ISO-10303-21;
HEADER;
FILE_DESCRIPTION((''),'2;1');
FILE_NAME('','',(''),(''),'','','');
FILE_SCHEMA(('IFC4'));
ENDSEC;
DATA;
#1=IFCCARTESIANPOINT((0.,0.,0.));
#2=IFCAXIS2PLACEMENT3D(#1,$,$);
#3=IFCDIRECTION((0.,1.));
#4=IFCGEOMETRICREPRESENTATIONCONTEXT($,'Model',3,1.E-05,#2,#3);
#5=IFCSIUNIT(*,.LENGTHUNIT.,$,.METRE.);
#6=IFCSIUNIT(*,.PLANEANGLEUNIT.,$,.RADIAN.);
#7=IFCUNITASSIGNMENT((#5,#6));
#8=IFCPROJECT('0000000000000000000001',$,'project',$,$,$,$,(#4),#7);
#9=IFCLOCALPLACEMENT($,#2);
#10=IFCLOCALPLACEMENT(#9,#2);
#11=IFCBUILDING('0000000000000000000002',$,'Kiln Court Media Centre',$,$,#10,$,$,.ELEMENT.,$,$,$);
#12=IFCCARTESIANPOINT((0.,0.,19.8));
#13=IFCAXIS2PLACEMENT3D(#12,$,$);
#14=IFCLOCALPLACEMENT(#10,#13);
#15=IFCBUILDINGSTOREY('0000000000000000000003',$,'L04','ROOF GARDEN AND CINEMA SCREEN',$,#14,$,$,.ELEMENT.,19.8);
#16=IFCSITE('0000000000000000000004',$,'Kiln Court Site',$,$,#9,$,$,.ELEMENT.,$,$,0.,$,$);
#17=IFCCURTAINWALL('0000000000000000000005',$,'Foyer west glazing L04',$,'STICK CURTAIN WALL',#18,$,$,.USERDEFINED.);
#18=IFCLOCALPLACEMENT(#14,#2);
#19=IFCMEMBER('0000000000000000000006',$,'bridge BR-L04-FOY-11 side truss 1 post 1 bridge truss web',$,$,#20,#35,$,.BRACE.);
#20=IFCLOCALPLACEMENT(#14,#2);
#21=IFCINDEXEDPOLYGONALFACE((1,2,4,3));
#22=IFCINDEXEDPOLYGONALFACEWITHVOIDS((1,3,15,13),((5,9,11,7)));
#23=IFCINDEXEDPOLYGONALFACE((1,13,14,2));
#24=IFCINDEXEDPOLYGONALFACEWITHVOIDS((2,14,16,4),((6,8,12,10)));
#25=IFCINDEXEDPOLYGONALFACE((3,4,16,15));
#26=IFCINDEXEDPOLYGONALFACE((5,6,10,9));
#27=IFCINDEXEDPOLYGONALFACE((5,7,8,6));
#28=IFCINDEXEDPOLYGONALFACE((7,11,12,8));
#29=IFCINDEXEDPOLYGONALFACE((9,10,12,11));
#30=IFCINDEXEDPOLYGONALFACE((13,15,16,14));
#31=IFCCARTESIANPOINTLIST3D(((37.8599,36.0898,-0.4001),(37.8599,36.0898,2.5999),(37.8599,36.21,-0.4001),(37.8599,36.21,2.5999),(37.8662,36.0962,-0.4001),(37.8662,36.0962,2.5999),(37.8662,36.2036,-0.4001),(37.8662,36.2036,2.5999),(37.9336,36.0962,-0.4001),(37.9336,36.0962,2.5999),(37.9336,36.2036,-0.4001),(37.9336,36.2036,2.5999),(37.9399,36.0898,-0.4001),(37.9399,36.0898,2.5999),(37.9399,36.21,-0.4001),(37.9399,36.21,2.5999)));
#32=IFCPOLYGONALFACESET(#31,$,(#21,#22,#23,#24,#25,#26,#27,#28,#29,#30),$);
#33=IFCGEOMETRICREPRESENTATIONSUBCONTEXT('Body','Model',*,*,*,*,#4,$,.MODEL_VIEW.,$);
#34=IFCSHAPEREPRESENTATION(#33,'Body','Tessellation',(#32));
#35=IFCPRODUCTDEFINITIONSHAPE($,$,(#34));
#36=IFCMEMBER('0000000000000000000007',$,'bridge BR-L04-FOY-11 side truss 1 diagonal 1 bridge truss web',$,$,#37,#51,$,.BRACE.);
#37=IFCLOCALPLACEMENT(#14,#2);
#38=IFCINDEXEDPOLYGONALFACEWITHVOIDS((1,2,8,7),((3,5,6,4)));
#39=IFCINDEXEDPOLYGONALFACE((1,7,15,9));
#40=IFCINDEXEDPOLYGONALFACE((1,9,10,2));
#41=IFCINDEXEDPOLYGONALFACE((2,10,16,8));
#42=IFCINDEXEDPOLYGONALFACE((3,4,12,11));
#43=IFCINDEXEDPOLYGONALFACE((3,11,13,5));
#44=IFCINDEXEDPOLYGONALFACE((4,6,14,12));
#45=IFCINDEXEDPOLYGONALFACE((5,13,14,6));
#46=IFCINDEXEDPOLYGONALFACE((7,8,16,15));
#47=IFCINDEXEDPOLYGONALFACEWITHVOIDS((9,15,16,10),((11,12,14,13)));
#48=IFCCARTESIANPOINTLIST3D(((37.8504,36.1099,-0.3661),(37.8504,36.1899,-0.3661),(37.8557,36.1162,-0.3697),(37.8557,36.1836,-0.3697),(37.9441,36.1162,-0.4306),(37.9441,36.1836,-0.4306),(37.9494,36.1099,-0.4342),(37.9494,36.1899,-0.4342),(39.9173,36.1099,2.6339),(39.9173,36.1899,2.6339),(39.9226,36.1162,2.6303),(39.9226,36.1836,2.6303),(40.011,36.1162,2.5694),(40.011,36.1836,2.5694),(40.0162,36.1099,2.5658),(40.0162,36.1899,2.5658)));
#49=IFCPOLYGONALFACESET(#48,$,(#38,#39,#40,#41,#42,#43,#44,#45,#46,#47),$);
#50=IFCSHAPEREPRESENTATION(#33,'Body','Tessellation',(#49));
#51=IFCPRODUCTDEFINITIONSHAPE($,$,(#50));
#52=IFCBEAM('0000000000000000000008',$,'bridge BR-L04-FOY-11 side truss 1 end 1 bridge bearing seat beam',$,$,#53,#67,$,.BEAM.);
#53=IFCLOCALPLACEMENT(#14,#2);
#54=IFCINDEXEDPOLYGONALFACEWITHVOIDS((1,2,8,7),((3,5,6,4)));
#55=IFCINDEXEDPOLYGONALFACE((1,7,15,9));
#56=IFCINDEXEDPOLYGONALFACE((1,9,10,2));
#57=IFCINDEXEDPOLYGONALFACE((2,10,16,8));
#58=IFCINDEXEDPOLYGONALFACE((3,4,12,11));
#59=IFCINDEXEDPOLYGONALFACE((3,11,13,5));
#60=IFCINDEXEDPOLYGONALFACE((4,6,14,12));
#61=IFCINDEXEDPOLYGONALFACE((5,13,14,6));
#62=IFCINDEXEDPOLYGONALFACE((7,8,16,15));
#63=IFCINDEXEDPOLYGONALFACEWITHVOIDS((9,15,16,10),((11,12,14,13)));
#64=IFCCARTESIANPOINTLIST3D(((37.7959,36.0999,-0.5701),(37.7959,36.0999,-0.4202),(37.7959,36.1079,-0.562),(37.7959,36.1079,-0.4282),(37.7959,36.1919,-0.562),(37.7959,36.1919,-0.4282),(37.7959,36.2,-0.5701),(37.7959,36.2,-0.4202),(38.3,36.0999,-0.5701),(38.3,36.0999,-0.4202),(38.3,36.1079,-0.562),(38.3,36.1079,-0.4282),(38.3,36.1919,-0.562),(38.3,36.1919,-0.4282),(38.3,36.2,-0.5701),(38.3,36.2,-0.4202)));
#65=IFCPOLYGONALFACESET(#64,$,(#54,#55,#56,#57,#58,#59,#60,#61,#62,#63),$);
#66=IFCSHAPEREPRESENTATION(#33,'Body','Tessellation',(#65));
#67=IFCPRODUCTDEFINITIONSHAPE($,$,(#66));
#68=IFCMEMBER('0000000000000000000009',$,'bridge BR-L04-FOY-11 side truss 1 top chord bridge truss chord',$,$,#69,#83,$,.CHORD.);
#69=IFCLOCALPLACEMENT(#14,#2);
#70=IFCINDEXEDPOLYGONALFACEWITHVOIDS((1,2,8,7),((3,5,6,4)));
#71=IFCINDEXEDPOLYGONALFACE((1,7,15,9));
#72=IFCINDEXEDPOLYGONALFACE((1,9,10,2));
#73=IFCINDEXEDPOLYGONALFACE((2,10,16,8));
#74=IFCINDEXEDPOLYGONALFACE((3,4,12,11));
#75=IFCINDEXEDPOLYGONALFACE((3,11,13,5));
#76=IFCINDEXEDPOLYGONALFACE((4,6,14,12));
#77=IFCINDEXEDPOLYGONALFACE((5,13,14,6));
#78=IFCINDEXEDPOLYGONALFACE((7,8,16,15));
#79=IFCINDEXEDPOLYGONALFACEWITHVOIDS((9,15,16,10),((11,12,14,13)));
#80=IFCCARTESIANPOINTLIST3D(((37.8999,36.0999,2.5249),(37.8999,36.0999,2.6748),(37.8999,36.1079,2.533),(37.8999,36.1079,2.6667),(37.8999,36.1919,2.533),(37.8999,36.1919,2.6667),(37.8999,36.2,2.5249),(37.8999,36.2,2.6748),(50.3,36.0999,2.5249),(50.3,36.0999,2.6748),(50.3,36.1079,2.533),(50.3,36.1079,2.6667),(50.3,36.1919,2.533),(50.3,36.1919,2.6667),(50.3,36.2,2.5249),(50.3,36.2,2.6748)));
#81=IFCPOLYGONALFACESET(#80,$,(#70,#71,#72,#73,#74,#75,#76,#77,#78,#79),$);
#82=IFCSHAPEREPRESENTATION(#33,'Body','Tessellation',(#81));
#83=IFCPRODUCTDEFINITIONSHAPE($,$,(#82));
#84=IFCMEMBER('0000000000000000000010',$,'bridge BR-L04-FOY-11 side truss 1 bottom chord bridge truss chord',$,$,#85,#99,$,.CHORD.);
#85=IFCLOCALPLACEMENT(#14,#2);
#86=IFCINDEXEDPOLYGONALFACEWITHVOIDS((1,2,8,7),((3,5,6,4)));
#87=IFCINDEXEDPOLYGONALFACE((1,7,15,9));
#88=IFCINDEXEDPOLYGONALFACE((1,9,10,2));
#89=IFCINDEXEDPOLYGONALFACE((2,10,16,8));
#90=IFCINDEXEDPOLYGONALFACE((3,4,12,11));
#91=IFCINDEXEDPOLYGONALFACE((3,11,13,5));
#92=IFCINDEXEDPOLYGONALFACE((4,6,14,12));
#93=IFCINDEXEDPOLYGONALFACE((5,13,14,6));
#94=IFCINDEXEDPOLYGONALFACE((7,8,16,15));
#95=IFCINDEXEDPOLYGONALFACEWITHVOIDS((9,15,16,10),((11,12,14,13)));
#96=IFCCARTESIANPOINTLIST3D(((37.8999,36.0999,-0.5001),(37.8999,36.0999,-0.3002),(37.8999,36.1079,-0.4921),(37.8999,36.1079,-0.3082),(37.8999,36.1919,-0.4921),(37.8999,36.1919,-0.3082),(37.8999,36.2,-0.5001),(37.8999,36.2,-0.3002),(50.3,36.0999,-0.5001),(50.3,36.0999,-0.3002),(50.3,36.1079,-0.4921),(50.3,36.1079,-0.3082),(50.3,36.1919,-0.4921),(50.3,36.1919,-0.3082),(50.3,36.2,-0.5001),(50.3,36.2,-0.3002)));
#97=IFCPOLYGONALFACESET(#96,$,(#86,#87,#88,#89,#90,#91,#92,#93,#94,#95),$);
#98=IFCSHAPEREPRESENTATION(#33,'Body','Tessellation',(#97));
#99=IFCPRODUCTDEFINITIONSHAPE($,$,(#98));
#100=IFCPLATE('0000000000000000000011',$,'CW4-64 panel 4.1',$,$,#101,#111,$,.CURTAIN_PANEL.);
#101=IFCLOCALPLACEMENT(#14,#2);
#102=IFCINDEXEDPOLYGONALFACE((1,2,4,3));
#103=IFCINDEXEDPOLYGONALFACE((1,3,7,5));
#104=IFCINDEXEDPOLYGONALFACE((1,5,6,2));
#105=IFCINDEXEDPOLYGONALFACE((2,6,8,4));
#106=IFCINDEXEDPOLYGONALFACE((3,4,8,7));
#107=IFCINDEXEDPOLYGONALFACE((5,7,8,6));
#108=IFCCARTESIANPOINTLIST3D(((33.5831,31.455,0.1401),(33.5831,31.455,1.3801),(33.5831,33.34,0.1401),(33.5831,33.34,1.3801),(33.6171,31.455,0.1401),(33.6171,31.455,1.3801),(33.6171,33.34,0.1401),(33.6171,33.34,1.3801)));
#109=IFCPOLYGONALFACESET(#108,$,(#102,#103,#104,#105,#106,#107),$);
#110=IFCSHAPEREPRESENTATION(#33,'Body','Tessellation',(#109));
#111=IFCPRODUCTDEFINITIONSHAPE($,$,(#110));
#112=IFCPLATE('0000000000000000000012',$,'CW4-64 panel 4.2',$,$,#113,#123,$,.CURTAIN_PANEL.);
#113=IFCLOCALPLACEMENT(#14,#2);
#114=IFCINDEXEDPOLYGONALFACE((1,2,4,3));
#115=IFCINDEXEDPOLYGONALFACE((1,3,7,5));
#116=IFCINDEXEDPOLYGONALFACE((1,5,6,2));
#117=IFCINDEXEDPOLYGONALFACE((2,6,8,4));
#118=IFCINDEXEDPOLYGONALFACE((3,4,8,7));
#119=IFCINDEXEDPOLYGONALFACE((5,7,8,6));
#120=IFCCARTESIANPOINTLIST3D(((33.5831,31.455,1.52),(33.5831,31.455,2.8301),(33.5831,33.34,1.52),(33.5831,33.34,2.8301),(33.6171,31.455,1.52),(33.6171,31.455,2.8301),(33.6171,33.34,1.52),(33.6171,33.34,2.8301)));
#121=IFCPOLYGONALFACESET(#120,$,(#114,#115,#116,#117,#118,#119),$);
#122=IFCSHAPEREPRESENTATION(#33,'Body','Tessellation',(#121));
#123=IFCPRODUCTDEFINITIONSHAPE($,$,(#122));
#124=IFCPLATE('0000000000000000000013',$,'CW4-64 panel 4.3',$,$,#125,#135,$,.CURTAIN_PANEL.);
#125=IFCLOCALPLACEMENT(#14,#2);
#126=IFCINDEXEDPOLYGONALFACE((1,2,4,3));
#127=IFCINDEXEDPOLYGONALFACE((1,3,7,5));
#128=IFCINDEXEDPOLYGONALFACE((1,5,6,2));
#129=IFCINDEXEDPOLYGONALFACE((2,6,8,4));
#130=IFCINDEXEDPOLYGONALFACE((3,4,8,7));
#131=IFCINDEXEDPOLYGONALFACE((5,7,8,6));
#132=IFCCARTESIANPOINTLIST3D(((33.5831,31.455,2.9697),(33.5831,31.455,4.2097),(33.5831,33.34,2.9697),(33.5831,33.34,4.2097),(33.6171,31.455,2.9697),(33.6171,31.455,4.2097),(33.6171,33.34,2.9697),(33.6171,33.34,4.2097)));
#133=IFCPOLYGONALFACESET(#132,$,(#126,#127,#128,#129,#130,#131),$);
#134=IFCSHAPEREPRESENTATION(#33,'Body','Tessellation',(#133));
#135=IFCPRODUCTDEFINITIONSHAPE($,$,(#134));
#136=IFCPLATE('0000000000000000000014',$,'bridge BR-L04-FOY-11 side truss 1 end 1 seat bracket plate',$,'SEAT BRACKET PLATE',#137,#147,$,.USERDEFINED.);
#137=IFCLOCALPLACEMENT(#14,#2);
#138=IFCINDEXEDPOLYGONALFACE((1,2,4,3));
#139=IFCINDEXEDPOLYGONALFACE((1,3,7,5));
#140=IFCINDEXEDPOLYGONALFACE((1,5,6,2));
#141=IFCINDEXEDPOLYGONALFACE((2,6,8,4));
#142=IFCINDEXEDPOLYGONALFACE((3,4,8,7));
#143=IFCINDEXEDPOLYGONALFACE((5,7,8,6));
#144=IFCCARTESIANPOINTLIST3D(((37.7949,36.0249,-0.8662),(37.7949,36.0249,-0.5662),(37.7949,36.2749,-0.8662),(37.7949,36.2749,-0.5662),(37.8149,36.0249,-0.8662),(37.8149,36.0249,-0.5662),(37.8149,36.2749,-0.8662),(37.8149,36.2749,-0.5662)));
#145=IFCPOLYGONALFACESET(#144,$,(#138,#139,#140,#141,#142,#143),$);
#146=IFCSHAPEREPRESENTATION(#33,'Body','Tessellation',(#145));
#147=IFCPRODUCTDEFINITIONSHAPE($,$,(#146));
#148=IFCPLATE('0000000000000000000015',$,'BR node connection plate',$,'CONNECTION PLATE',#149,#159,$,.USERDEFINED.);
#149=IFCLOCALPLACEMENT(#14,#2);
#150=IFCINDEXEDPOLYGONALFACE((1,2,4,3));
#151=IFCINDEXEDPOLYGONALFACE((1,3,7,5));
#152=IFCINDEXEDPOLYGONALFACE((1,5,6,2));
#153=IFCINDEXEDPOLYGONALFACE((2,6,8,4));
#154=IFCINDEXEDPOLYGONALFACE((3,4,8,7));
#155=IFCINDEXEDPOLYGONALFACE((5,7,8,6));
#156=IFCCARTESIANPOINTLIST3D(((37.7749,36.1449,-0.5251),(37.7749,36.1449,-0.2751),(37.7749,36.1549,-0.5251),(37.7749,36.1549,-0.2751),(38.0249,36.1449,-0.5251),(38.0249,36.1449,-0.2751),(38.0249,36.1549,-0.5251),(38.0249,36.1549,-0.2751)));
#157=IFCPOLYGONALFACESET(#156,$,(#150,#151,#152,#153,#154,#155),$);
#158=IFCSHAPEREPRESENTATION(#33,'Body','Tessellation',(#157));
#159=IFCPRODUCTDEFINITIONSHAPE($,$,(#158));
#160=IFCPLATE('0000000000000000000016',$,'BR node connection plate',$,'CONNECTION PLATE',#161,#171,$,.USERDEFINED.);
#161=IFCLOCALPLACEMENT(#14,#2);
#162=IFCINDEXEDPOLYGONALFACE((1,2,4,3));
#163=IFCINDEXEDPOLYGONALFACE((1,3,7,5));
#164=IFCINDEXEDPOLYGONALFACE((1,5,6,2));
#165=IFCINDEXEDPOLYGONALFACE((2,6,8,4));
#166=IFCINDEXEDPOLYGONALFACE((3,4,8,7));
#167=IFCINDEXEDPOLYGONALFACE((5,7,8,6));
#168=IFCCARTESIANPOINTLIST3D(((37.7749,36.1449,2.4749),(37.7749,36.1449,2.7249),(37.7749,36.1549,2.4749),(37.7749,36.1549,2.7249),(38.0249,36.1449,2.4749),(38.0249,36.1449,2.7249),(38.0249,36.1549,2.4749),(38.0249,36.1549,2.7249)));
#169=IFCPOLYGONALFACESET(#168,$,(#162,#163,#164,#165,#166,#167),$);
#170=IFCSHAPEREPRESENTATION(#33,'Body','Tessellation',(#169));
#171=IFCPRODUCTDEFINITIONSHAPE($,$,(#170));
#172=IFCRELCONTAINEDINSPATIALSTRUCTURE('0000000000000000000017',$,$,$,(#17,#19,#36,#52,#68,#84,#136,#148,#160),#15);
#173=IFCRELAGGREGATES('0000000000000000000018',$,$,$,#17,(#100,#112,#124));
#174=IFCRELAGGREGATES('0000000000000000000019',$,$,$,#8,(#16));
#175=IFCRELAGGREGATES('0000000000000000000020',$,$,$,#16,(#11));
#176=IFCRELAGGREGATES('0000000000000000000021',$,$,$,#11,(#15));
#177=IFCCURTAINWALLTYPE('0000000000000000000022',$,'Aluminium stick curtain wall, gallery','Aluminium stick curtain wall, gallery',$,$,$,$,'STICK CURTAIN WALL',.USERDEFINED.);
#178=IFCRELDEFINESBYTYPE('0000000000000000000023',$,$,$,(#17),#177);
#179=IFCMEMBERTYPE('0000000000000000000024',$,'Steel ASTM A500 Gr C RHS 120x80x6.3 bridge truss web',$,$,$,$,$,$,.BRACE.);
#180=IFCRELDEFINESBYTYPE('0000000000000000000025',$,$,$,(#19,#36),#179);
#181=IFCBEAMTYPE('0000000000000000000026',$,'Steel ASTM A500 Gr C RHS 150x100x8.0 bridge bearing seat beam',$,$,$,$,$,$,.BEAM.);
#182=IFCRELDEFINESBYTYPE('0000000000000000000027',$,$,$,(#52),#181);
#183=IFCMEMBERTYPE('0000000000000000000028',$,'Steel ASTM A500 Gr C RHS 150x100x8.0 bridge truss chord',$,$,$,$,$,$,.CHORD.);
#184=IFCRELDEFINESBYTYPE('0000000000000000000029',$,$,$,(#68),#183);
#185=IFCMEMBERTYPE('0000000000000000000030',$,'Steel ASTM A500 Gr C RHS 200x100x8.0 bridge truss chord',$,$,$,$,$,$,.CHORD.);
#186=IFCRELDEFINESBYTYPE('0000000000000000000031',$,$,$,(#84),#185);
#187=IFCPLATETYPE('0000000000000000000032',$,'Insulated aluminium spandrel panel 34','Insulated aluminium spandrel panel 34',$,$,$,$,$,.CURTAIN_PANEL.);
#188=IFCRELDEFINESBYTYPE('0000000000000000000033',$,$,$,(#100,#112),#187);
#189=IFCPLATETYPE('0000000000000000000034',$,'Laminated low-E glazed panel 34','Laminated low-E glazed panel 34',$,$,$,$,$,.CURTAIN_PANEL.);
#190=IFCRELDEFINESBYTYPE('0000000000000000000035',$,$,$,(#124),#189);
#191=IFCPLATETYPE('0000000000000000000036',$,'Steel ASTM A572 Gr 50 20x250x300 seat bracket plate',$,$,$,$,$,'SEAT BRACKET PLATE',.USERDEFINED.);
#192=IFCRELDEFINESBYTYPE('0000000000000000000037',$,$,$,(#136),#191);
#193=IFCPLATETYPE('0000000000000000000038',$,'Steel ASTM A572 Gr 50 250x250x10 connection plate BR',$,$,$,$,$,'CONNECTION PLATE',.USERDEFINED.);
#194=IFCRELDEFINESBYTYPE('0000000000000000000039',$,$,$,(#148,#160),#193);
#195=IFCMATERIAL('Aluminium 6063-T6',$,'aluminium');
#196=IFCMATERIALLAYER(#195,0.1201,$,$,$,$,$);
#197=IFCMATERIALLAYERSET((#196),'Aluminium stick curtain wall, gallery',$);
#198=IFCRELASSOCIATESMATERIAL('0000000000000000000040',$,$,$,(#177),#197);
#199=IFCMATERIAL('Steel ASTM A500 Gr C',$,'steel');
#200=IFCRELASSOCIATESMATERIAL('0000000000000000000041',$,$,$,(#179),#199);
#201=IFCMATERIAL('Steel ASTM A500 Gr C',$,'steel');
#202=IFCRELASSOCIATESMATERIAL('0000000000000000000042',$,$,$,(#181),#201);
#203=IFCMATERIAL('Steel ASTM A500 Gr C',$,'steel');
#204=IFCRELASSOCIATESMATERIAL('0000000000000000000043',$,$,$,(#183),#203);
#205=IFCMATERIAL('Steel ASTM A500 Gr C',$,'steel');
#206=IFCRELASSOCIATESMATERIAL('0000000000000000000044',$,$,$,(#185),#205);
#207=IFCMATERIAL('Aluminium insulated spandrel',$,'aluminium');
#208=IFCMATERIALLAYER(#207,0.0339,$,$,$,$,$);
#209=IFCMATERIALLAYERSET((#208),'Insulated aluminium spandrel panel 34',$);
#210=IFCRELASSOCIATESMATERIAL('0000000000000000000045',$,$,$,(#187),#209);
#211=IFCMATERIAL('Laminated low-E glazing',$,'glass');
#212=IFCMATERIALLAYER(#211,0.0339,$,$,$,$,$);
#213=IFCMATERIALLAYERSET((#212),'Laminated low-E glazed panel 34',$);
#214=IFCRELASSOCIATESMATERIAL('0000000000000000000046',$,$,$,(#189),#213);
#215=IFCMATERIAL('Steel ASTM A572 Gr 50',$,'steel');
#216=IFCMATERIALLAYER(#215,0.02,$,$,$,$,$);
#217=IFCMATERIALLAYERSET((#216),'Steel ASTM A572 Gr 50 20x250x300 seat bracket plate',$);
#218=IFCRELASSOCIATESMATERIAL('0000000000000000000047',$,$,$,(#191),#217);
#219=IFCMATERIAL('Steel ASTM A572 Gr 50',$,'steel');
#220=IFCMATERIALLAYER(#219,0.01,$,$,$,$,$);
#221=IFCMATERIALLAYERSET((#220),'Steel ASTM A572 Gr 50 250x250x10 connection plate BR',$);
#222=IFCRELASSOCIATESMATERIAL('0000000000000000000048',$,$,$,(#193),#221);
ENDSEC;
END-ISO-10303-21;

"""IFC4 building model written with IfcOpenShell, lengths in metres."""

from ifc_helpers import new_model, si_unit, direction, frame, origin, origin_2d, place, context, subcontext, project, spatial, rectangle, hollow_rectangle, extrude, material, layer, layer_set, material_profile, profile_set, type_object, element, aggregate, save


model = new_model("IFC4")

# Units and contexts
model_context = context("Model", 3, precision=1e-05, world=origin(), true_north=direction((0.0, 1.0)))
body_context = subcontext(model_context, "Body", "Model", "MODEL_VIEW")
ifc_project = project(units=[si_unit("LENGTHUNIT", "METRE"), si_unit("PLANEANGLEUNIT", "RADIAN")], contexts=[model_context])

# Site, building, storey
site_placement = place(None, origin())
site = spatial("IfcSite", under=ifc_project, at=site_placement, Name="Kiln Court Site", CompositionType="ELEMENT", RefElevation=0.0)
building_placement = place(site_placement, origin())
building = spatial("IfcBuilding", under=site, at=building_placement, Name="Kiln Court Media Centre", CompositionType="ELEMENT")
storey_placement = place(building_placement, frame((0.0, 0.0, 19.8)))
storey = spatial("IfcBuildingStorey", under=building, at=storey_placement, Name="L04", Description="ROOF GARDEN AND CINEMA SCREEN", CompositionType="ELEMENT", Elevation=19.8)

# Curtain wall
ifc_material_1 = material(Name="Aluminium 6063-T6", Category="aluminium")
ifc_layer_1 = layer(ifc_material_1, 0.1201)
ifc_layer_set_1 = layer_set([ifc_layer_1], Name="Aluminium stick curtain wall, gallery")
curtain_wall_type_1 = type_object("IfcCurtainWallType", Name="Aluminium stick curtain wall, gallery", Description="Aluminium stick curtain wall, gallery", ElementType="STICK CURTAIN WALL", PredefinedType="USERDEFINED", material=ifc_layer_set_1)
curtain_wall_1_placement = place(storey_placement, origin())
curtain_wall_1 = element("IfcCurtainWall", 1, at=curtain_wall_1_placement, inside=storey, type_object=curtain_wall_type_1, Name="Foyer west glazing L04", ObjectType="STICK CURTAIN WALL", PredefinedType="USERDEFINED")

# Members
ifc_material_2 = material(Name="Steel ASTM A500 Gr C", Category="steel")
ifc_material_profile_1 = material_profile(ifc_material_2, hollow_rectangle(XDim=0.0801, YDim=0.1201, WallThickness=0.0063, at=origin_2d()), Name="RHS 120x80x6.3")
ifc_profile_set_1 = profile_set([ifc_material_profile_1], Name="Steel ASTM A500 Gr C")
member_type_1 = type_object("IfcMemberType", Name="Steel ASTM A500 Gr C RHS 120x80x6.3 bridge truss web", PredefinedType="BRACE", material=ifc_profile_set_1)
member_1_placement = place(storey_placement, frame((37.8999, 36.1499, -0.4001), z_axis=(0.0, 0.0, 1.0), x_axis=(1.0, 0.0, 0.0)))
element("IfcMember", 2, at=member_1_placement, inside=storey, type_object=member_type_1, Name="bridge BR-L04-FOY-11 side truss 1 post 1 bridge truss web", PredefinedType="BRACE", context=body_context, shape_type="SweptSolid", body=[
    extrude(hollow_rectangle(XDim=0.0801, YDim=0.1201, WallThickness=0.0063, at=origin_2d()), origin(), (0.0, 0.0, 1.0), 3.0),
])
member_2_placement = place(storey_placement, frame((37.8999, 36.1499, -0.4001), z_axis=(0.567348, 0.0, 0.823478), x_axis=(0.0, 1.0, 0.0)))
element("IfcMember", 3, at=member_2_placement, inside=storey, type_object=member_type_1, Name="bridge BR-L04-FOY-11 side truss 1 diagonal 1 bridge truss web", PredefinedType="BRACE", context=body_context, shape_type="SweptSolid", body=[
    extrude(hollow_rectangle(XDim=0.0801, YDim=0.1201, WallThickness=0.0063, at=origin_2d()), origin(), (0.0, 0.0, 1.0), 3.6431),
])

# Beam
ifc_material_3 = material(Name="Steel ASTM A500 Gr C", Category="steel")
ifc_material_profile_2 = material_profile(ifc_material_3, hollow_rectangle(XDim=0.1001, YDim=0.1499, WallThickness=0.0081, at=origin_2d()), Name="RHS 150x100x8.0")
ifc_profile_set_2 = profile_set([ifc_material_profile_2], Name="Steel ASTM A500 Gr C")
beam_type_1 = type_object("IfcBeamType", Name="Steel ASTM A500 Gr C RHS 150x100x8.0 bridge bearing seat beam", PredefinedType="BEAM", material=ifc_profile_set_2)
beam_1_placement = place(storey_placement, frame((37.7959, 36.1499, -0.4951), z_axis=(1.0, 0.0, 0.0), x_axis=(0.0, 1.0, 0.0)))
element("IfcBeam", 4, at=beam_1_placement, inside=storey, type_object=beam_type_1, Name="bridge BR-L04-FOY-11 side truss 1 end 1 bridge bearing seat beam", PredefinedType="BEAM", context=body_context, shape_type="SweptSolid", body=[
    extrude(hollow_rectangle(XDim=0.1001, YDim=0.1499, WallThickness=0.0081, at=origin_2d()), origin(), (0.0, 0.0, 1.0), 0.5042),
])

# Members
ifc_material_4 = material(Name="Steel ASTM A500 Gr C", Category="steel")
ifc_material_profile_3 = material_profile(ifc_material_4, hollow_rectangle(XDim=0.1001, YDim=0.1499, WallThickness=0.0081, at=origin_2d()), Name="RHS 150x100x8.0")
ifc_profile_set_3 = profile_set([ifc_material_profile_3], Name="Steel ASTM A500 Gr C")
member_type_2 = type_object("IfcMemberType", Name="Steel ASTM A500 Gr C RHS 150x100x8.0 bridge truss chord", PredefinedType="CHORD", material=ifc_profile_set_3)
member_3_placement = place(storey_placement, frame((37.8999, 36.1499, 2.5999), z_axis=(1.0, 0.0, 0.0), x_axis=(0.0, 1.0, 0.0)))
element("IfcMember", 5, at=member_3_placement, inside=storey, type_object=member_type_2, Name="bridge BR-L04-FOY-11 side truss 1 top chord bridge truss chord", PredefinedType="CHORD", context=body_context, shape_type="SweptSolid", body=[
    extrude(hollow_rectangle(XDim=0.1001, YDim=0.1499, WallThickness=0.0081, at=origin_2d()), origin(), (0.0, 0.0, 1.0), 12.4001),
])
ifc_material_5 = material(Name="Steel ASTM A500 Gr C", Category="steel")
ifc_material_profile_4 = material_profile(ifc_material_5, hollow_rectangle(XDim=0.1001, YDim=0.2, WallThickness=0.0081, at=origin_2d()), Name="RHS 200x100x8.0")
ifc_profile_set_4 = profile_set([ifc_material_profile_4], Name="Steel ASTM A500 Gr C")
member_type_3 = type_object("IfcMemberType", Name="Steel ASTM A500 Gr C RHS 200x100x8.0 bridge truss chord", PredefinedType="CHORD", material=ifc_profile_set_4)
member_4_placement = place(storey_placement, frame((37.8999, 36.1499, -0.4001), z_axis=(1.0, 0.0, 0.0), x_axis=(0.0, 1.0, 0.0)))
element("IfcMember", 6, at=member_4_placement, inside=storey, type_object=member_type_3, Name="bridge BR-L04-FOY-11 side truss 1 bottom chord bridge truss chord", PredefinedType="CHORD", context=body_context, shape_type="SweptSolid", body=[
    extrude(hollow_rectangle(XDim=0.1001, YDim=0.2, WallThickness=0.0081, at=origin_2d()), origin(), (0.0, 0.0, 1.0), 12.4001),
])

# Plates
ifc_material_6 = material(Name="Aluminium insulated spandrel", Category="aluminium")
ifc_layer_2 = layer(ifc_material_6, 0.0339)
ifc_layer_set_2 = layer_set([ifc_layer_2], Name="Insulated aluminium spandrel panel 34")
plate_type_1 = type_object("IfcPlateType", Name="Insulated aluminium spandrel panel 34", Description="Insulated aluminium spandrel panel 34", PredefinedType="CURTAIN_PANEL", material=ifc_layer_set_2)
plate_1_placement = place(storey_placement, frame((33.6001, 32.3975, 0.1401), z_axis=(0.0, 0.0, 1.0), x_axis=(0.0, 1.0, 0.0)))
plate_1 = element("IfcPlate", 7, at=plate_1_placement, type_object=plate_type_1, Name="CW4-64 panel 4.1", PredefinedType="CURTAIN_PANEL", context=body_context, shape_type="SweptSolid", body=[
    extrude(rectangle(XDim=1.885, YDim=0.0339, at=origin_2d()), origin(), (0.0, 0.0, 1.0), 1.24),
])
plate_2_placement = place(storey_placement, frame((33.6001, 32.3975, 1.52), z_axis=(0.0, 0.0, 1.0), x_axis=(0.0, 1.0, 0.0)))
plate_2 = element("IfcPlate", 8, at=plate_2_placement, type_object=plate_type_1, Name="CW4-64 panel 4.2", PredefinedType="CURTAIN_PANEL", context=body_context, shape_type="SweptSolid", body=[
    extrude(rectangle(XDim=1.885, YDim=0.0339, at=origin_2d()), origin(), (0.0, 0.0, 1.0), 1.3101),
])
ifc_material_7 = material(Name="Laminated low-E glazing", Category="glass")
ifc_layer_3 = layer(ifc_material_7, 0.0339)
ifc_layer_set_3 = layer_set([ifc_layer_3], Name="Laminated low-E glazed panel 34")
plate_type_2 = type_object("IfcPlateType", Name="Laminated low-E glazed panel 34", Description="Laminated low-E glazed panel 34", PredefinedType="CURTAIN_PANEL", material=ifc_layer_set_3)
plate_3_placement = place(storey_placement, frame((33.6001, 32.3975, 2.9697), z_axis=(0.0, 0.0, 1.0), x_axis=(0.0, 1.0, 0.0)))
plate_3 = element("IfcPlate", 9, at=plate_3_placement, type_object=plate_type_2, Name="CW4-64 panel 4.3", PredefinedType="CURTAIN_PANEL", context=body_context, shape_type="SweptSolid", body=[
    extrude(rectangle(XDim=1.885, YDim=0.0339, at=origin_2d()), origin(), (0.0, 0.0, 1.0), 1.24),
])
aggregate(curtain_wall_1, [plate_1, plate_2, plate_3])

# Plates
ifc_material_8 = material(Name="Steel ASTM A572 Gr 50", Category="steel")
ifc_layer_4 = layer(ifc_material_8, 0.02)
ifc_layer_set_4 = layer_set([ifc_layer_4], Name="Steel ASTM A572 Gr 50 20x250x300 seat bracket plate")
plate_type_3 = type_object("IfcPlateType", Name="Steel ASTM A572 Gr 50 20x250x300 seat bracket plate", ElementType="SEAT BRACKET PLATE", PredefinedType="USERDEFINED", material=ifc_layer_set_4)
plate_4_placement = place(storey_placement, frame((37.8049, 36.1499, -0.8662), z_axis=(0.0, 0.0, 1.0), x_axis=(1.0, 0.0, 0.0)))
element("IfcPlate", 10, at=plate_4_placement, inside=storey, type_object=plate_type_3, Name="bridge BR-L04-FOY-11 side truss 1 end 1 seat bracket plate", ObjectType="SEAT BRACKET PLATE", PredefinedType="USERDEFINED", context=body_context, shape_type="SweptSolid", body=[
    extrude(rectangle(XDim=0.02, YDim=0.25, at=origin_2d()), origin(), (0.0, 0.0, 1.0), 0.3),
])
ifc_material_9 = material(Name="Steel ASTM A572 Gr 50", Category="steel")
ifc_layer_5 = layer(ifc_material_9, 0.01)
ifc_layer_set_5 = layer_set([ifc_layer_5], Name="Steel ASTM A572 Gr 50 250x250x10 connection plate BR")
plate_type_4 = type_object("IfcPlateType", Name="Steel ASTM A572 Gr 50 250x250x10 connection plate BR", ElementType="CONNECTION PLATE", PredefinedType="USERDEFINED", material=ifc_layer_set_5)
for number, where, z_axis, x_axis, name in (
    (11, (37.8999, 36.1499, -0.5251), (0.0, 0.0, 1.0), (1.0, 0.0, 0.0), "BR node connection plate"),
    (12, (37.8999, 36.1499, 2.4749), (0.0, 0.0, 1.0), (1.0, 0.0, 0.0), "BR node connection plate"),
):
    element("IfcPlate", number, at=place(storey_placement, frame(where, z_axis=z_axis, x_axis=x_axis)), inside=storey, type_object=plate_type_4, Name=name, ObjectType="CONNECTION PLATE", PredefinedType="USERDEFINED", context=body_context, shape_type="SweptSolid", body=[
        extrude(rectangle(XDim=0.25, YDim=0.01, at=origin_2d()), origin(), (0.0, 0.0, 1.0), 0.25),
    ])

save(model, "model.ifc")
